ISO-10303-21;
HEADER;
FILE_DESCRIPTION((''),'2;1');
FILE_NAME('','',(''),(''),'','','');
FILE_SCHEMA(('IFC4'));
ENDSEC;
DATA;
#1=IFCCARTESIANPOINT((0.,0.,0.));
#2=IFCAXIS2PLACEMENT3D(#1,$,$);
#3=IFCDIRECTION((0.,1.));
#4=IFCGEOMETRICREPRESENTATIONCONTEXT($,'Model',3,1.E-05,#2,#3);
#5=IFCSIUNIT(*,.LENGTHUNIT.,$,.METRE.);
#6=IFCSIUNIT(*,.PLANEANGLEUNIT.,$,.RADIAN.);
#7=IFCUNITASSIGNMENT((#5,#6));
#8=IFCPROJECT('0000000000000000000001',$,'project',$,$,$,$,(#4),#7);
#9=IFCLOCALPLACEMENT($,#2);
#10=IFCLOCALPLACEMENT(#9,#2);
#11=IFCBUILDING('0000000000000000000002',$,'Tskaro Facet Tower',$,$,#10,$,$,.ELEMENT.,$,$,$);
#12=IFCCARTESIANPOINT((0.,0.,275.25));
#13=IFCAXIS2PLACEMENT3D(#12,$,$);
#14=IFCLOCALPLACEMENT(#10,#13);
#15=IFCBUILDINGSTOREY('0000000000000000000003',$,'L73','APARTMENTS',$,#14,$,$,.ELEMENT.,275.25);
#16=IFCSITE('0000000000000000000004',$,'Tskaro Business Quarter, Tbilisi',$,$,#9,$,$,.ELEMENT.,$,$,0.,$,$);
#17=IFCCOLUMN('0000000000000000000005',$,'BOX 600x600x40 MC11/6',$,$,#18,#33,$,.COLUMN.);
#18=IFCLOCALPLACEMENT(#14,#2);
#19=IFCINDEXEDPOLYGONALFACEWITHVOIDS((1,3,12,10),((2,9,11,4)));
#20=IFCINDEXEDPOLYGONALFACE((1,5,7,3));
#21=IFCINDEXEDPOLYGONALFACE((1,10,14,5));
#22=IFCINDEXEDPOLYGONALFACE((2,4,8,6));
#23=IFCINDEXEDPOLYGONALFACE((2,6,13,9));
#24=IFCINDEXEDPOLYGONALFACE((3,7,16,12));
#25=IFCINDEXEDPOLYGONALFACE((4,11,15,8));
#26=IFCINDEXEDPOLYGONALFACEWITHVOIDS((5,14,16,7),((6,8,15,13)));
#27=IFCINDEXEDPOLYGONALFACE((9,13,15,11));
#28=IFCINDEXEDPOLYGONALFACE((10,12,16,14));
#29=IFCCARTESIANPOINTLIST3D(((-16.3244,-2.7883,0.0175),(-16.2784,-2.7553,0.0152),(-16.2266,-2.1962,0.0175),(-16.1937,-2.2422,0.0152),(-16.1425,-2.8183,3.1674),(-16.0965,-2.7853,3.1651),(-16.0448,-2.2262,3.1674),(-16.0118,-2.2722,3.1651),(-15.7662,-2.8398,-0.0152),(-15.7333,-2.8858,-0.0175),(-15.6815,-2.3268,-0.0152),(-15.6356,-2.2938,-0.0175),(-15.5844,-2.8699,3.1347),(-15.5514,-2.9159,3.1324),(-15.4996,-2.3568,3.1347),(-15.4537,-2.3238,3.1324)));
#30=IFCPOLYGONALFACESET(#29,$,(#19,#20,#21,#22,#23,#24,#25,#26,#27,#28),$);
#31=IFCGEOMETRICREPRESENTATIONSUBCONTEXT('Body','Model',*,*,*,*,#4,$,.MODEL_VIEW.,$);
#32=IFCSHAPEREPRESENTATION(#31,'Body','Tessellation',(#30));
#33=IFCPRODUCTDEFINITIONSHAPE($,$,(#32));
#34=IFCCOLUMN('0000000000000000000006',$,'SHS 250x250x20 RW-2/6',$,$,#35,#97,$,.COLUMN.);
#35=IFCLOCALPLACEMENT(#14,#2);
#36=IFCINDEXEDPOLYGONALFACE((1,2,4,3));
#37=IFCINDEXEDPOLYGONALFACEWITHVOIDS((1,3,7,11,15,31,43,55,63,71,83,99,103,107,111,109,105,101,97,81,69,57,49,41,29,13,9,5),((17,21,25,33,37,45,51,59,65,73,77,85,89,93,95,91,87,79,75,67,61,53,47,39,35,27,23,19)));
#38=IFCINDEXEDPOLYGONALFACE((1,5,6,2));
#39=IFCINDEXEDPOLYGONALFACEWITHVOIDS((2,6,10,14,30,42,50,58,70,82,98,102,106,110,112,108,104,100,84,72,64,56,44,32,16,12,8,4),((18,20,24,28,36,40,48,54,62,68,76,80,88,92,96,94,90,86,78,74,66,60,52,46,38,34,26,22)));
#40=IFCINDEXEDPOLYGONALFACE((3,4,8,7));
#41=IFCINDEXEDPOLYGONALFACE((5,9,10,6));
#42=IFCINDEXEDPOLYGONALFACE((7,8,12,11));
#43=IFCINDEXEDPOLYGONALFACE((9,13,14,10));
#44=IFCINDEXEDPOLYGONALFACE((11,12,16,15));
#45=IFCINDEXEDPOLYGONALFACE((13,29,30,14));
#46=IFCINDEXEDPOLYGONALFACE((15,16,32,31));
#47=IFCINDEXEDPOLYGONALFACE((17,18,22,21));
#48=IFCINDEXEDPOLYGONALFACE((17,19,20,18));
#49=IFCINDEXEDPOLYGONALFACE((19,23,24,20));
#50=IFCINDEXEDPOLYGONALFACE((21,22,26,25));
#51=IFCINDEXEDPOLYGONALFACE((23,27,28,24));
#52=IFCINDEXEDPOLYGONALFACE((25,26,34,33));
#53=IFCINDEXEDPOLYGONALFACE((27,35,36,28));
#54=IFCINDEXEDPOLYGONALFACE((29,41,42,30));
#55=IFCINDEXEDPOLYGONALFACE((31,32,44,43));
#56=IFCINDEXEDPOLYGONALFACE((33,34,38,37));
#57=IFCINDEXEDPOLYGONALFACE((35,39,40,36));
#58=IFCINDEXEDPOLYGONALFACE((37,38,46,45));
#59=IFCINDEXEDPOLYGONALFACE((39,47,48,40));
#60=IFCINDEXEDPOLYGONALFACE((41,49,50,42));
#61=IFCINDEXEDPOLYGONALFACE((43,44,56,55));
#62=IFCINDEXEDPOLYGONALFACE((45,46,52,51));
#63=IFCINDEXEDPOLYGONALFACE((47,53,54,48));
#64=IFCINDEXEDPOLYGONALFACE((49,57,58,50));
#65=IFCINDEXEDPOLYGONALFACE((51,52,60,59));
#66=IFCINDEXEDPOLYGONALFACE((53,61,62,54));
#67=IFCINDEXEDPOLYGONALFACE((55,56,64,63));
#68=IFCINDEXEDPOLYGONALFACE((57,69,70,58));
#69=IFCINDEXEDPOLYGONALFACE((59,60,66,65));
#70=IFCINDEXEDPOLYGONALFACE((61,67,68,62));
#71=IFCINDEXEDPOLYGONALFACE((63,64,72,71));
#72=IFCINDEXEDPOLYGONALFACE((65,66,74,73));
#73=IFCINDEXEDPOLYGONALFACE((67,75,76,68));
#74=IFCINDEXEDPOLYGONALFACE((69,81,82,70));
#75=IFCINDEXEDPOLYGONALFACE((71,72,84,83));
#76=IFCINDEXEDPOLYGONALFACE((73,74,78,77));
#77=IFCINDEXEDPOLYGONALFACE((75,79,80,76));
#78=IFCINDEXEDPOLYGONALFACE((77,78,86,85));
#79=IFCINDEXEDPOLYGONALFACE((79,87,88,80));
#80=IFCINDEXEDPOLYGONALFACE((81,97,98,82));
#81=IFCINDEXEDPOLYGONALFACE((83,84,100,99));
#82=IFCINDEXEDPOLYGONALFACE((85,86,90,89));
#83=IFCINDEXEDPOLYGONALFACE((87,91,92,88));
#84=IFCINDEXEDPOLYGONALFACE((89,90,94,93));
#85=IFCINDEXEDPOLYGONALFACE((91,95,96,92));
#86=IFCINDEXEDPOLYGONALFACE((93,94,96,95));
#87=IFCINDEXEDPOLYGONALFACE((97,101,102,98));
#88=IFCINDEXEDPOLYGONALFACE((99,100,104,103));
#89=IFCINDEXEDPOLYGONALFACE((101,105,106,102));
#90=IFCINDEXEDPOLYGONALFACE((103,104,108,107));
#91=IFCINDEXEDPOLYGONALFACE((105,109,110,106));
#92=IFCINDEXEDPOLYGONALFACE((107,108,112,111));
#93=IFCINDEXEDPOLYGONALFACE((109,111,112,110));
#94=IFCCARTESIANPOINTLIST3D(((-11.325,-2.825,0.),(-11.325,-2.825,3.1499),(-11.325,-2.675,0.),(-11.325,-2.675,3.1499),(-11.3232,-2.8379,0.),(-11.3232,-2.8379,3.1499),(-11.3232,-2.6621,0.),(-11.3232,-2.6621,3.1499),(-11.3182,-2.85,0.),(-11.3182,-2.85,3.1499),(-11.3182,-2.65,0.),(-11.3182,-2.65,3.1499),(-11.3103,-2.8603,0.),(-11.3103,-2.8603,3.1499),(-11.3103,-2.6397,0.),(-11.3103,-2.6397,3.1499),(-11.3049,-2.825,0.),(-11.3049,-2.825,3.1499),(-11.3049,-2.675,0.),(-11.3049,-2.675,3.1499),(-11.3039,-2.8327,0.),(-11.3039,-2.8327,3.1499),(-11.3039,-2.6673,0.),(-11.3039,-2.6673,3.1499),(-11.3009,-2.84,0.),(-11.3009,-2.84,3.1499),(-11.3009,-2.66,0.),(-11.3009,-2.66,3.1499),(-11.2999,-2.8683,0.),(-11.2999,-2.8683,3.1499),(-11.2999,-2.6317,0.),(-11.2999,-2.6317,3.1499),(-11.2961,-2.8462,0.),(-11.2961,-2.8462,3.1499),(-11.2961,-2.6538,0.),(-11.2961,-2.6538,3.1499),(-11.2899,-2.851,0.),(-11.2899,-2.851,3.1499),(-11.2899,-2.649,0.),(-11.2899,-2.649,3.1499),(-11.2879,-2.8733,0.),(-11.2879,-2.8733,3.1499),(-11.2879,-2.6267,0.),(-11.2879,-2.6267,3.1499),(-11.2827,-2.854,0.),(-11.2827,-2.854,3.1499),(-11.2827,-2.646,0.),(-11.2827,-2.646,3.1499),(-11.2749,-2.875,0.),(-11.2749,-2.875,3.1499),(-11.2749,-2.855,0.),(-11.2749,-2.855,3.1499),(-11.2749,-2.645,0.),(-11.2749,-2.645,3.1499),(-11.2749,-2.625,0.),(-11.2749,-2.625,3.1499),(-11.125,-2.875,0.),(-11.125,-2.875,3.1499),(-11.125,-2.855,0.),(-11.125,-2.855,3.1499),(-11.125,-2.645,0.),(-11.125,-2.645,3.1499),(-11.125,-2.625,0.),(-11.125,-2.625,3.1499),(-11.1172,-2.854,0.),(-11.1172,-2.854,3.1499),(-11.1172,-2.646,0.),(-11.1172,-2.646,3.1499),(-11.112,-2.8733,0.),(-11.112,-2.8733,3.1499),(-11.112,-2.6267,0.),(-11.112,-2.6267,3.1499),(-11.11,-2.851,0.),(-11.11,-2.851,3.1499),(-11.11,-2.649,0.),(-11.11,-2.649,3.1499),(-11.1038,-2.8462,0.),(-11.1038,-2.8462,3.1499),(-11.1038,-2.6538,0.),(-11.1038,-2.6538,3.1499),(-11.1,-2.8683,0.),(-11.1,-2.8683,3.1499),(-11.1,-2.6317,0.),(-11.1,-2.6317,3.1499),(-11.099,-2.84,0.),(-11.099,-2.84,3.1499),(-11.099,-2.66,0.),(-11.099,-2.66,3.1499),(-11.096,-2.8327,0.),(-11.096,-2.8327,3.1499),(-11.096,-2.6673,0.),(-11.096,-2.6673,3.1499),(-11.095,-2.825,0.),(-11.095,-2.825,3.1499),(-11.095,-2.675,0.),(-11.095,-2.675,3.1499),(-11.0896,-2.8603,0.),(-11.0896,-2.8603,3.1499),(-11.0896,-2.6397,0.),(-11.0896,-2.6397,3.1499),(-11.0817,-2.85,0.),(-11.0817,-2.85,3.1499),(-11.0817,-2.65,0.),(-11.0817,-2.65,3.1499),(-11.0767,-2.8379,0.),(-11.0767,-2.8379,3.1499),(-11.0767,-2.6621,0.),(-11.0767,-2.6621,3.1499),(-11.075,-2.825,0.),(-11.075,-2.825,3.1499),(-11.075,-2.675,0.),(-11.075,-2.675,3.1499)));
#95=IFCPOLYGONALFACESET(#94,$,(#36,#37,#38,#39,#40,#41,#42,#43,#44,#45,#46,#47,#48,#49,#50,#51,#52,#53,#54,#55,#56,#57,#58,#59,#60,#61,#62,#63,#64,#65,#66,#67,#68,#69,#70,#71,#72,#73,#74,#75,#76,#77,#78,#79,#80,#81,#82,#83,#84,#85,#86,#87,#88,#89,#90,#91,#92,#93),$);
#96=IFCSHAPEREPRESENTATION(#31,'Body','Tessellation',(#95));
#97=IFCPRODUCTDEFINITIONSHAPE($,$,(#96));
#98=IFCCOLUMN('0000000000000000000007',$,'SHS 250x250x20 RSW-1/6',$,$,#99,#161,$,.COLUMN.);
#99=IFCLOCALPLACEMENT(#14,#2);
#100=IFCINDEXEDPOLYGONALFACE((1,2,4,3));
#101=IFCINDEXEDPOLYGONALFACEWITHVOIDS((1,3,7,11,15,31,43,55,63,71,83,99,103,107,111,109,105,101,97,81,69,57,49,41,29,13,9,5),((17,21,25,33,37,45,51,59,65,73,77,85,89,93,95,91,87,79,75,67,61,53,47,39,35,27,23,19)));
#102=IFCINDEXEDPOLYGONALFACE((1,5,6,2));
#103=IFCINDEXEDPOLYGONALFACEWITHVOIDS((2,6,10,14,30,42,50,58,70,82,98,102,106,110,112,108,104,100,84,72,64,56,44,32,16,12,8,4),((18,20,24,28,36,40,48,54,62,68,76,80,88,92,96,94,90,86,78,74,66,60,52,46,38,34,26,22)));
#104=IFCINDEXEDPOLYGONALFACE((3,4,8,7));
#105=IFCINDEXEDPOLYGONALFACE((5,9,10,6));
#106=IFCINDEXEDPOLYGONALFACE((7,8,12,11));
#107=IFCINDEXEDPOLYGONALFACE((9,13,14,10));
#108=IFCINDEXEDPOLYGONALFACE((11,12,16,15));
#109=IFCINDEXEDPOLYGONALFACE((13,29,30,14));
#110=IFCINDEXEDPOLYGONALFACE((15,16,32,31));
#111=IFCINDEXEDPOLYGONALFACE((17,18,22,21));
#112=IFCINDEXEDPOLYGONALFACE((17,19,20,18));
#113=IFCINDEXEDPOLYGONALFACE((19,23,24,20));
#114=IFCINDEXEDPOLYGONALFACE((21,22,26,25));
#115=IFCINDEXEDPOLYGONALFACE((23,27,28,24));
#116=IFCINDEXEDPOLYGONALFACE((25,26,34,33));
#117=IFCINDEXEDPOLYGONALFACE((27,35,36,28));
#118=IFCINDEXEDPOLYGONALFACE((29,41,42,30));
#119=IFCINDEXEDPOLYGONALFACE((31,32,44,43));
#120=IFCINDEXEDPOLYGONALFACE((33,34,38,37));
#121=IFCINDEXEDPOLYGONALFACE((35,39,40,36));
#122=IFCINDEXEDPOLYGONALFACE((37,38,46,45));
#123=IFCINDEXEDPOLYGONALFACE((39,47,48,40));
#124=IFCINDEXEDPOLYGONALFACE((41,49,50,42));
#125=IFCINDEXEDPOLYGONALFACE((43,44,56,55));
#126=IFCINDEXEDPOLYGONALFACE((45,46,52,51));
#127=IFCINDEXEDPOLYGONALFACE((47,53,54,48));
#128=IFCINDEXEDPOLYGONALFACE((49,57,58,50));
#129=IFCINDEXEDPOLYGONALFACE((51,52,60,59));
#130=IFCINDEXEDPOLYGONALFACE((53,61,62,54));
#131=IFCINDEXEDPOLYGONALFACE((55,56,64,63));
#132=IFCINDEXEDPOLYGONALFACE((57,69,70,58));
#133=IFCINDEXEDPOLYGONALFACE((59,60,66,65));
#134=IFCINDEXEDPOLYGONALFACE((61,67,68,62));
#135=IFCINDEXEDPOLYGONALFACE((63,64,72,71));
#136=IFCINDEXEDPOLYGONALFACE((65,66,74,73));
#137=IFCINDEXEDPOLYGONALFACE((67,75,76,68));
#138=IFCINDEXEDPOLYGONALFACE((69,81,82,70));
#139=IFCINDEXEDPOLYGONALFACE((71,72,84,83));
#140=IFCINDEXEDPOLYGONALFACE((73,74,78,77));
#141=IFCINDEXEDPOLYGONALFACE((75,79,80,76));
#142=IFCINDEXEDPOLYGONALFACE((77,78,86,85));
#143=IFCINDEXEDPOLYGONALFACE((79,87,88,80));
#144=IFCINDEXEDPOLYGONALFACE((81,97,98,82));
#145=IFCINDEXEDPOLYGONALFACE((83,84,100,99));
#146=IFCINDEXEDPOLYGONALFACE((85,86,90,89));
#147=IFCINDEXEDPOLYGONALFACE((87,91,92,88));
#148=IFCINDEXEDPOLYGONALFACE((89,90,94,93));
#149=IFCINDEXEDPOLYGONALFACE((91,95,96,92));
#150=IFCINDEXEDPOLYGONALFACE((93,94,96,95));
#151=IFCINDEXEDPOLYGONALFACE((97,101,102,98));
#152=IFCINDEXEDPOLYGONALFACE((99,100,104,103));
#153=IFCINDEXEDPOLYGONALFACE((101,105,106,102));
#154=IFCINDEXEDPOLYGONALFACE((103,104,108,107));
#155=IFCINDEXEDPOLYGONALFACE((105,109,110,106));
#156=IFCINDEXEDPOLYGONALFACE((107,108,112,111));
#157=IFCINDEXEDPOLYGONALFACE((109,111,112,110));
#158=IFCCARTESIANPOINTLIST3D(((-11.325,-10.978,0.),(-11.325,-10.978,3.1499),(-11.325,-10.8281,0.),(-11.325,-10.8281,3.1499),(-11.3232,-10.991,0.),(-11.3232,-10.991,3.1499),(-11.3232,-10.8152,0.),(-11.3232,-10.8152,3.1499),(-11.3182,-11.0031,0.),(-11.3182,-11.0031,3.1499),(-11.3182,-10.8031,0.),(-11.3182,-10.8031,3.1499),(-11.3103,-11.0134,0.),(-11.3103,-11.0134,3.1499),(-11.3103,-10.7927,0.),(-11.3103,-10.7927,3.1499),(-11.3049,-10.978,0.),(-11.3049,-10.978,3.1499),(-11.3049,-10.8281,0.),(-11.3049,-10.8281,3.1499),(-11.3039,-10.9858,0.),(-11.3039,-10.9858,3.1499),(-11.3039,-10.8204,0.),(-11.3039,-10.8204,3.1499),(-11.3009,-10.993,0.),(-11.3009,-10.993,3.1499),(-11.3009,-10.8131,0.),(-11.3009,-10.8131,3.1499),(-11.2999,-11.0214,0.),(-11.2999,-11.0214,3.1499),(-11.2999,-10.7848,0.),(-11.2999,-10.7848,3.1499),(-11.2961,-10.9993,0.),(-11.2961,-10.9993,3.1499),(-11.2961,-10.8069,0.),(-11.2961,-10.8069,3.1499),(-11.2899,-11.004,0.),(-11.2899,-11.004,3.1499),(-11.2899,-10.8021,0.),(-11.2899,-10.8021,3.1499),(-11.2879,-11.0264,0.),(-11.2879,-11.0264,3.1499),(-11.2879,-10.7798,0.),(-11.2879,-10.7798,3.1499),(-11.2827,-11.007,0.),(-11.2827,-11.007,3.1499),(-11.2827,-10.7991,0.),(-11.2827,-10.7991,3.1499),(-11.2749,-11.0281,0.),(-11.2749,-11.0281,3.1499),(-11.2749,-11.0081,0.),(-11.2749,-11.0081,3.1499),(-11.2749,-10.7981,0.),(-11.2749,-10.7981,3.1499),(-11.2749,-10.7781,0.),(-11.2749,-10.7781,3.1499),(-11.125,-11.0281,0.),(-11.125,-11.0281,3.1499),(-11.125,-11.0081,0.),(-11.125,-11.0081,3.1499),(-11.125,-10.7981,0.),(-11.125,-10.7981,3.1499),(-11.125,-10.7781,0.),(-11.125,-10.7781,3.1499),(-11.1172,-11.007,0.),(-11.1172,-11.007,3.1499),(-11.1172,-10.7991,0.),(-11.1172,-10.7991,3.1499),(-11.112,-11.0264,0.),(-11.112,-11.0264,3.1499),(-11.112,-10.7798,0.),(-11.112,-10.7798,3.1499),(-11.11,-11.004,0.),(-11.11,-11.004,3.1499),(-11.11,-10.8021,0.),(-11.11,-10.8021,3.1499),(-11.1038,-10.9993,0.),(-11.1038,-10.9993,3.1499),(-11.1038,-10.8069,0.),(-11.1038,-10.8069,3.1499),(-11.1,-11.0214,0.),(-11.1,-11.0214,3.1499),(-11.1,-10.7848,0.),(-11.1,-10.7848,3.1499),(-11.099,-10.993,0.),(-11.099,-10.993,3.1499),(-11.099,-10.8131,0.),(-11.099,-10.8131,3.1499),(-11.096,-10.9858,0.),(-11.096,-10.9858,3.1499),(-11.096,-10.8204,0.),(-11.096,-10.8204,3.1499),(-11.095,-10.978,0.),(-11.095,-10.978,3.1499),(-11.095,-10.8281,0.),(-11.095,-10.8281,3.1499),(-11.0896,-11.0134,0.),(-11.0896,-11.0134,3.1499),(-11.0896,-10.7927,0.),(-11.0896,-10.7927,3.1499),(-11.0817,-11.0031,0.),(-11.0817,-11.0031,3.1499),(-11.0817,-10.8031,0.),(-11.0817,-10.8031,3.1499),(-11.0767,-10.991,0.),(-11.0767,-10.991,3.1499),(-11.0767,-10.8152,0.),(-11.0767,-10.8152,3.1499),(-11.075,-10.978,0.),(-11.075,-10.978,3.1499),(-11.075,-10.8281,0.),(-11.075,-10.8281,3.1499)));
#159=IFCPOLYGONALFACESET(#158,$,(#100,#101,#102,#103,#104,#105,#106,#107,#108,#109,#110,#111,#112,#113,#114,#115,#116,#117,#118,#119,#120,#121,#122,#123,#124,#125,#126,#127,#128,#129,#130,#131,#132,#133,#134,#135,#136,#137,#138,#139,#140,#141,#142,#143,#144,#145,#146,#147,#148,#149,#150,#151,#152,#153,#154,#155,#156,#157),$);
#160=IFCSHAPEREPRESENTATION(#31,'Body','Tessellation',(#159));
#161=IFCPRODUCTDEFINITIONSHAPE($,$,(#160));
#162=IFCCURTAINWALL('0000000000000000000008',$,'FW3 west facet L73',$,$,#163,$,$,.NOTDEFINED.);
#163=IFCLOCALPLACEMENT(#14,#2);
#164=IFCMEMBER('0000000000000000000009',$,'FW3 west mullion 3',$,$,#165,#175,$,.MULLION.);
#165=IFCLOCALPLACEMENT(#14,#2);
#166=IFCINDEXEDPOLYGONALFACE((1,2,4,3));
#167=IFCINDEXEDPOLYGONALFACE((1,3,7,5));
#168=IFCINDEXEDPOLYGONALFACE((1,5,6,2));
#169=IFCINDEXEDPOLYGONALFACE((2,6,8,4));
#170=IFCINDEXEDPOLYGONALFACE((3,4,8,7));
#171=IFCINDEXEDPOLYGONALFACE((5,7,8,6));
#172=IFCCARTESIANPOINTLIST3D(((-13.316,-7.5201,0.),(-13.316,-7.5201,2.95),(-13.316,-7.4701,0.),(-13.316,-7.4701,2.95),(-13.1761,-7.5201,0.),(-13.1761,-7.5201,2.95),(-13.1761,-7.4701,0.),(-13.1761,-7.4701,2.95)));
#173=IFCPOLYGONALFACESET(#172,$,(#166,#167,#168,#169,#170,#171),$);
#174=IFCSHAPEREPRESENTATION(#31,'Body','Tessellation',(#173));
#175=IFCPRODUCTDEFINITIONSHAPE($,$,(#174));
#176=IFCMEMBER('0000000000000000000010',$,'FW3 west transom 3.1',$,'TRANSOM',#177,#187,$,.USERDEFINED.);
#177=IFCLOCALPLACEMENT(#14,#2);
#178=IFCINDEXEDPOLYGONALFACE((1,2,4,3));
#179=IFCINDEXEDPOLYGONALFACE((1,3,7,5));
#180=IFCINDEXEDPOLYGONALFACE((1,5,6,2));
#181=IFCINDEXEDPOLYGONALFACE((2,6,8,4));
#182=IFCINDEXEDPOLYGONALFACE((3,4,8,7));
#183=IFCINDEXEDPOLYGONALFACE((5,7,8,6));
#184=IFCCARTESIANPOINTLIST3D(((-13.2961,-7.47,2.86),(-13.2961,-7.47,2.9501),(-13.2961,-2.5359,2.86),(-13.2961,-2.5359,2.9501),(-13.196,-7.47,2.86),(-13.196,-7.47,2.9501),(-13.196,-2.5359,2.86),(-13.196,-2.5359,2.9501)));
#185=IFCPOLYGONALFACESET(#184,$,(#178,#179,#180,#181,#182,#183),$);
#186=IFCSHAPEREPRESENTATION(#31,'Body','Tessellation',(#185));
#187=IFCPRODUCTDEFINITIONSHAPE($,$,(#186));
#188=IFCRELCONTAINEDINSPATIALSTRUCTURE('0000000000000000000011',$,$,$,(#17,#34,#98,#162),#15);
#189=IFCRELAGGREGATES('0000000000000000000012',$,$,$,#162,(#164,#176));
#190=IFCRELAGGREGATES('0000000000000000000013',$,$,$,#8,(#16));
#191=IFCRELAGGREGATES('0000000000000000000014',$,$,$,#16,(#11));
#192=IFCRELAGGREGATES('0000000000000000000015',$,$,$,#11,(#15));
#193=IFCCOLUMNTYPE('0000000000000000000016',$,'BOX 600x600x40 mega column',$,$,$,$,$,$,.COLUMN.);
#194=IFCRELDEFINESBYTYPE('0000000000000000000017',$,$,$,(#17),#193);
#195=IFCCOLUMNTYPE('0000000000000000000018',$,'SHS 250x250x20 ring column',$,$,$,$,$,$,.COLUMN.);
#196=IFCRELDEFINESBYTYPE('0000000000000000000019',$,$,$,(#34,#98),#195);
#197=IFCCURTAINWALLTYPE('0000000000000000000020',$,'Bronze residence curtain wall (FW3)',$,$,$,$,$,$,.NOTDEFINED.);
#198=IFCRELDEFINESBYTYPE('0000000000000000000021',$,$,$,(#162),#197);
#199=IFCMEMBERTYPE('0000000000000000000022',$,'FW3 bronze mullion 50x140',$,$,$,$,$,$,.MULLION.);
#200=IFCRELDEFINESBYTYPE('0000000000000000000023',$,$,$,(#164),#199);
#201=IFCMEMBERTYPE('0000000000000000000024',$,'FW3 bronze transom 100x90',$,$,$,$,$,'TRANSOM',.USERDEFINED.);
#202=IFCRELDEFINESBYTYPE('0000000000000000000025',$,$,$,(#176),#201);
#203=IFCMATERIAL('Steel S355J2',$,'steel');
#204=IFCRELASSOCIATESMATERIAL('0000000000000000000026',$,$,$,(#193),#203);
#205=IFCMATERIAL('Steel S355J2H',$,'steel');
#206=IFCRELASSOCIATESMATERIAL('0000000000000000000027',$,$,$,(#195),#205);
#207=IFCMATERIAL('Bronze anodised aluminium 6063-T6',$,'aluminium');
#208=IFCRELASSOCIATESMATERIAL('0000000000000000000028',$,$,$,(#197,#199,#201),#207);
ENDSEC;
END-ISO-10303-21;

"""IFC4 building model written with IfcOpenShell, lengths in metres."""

from ifc_helpers import new_model, si_unit, direction, frame, origin, origin_2d, place, context, subcontext, project, spatial, rectangle, hollow_rectangle, extrude, material, material_profile, profile_set, type_object, element, aggregate, save


model = new_model("IFC4")

# Units and contexts
model_context = context("Model", 3, precision=1e-05, world=origin(), true_north=direction((0.0, 1.0)))
body_context = subcontext(model_context, "Body", "Model", "MODEL_VIEW")
ifc_project = project(units=[si_unit("LENGTHUNIT", "METRE"), si_unit("PLANEANGLEUNIT", "RADIAN")], contexts=[model_context])

# Site, building, storey
site_placement = place(None, origin())
site = spatial("IfcSite", under=ifc_project, at=site_placement, Name="Tskaro Business Quarter, Tbilisi", CompositionType="ELEMENT", RefElevation=0.0)
building_placement = place(site_placement, origin())
building = spatial("IfcBuilding", under=site, at=building_placement, Name="Tskaro Facet Tower", CompositionType="ELEMENT")
storey_placement = place(building_placement, frame((0.0, 0.0, 275.25)))
storey = spatial("IfcBuildingStorey", under=building, at=storey_placement, Name="L73", Description="APARTMENTS", CompositionType="ELEMENT", Elevation=275.25)

# Columns
ifc_material_1 = material(Name="Steel S355J2", Category="steel")
ifc_material_profile_1 = material_profile(ifc_material_1, hollow_rectangle(XDim=0.6001, YDim=0.6001, WallThickness=0.04, at=origin_2d()), Name="BOX 600x600x40")
ifc_profile_set_1 = profile_set([ifc_material_profile_1], Name="Steel S355J2")
column_type_1 = type_object("IfcColumnType", Name="BOX 600x600x40 mega column", PredefinedType="COLUMN", material=ifc_profile_set_1)
column_placement = place(storey_placement, frame((-15.98, -2.541, 0.0), z_axis=(0.057644, -0.009517, 0.998292), x_axis=(0.162895, 0.986643, 0.0)))
element("IfcColumn", 1, at=column_placement, inside=storey, type_object=column_type_1, Name="BOX 600x600x40 MC11/6", PredefinedType="COLUMN", context=body_context, shape_type="SweptSolid", body=[
    extrude(hollow_rectangle(XDim=0.6001, YDim=0.6001, WallThickness=0.04, at=origin_2d()), origin(), (0.0, 0.0, 1.0), 3.1553),
])
ifc_material_2 = material(Name="Steel S355J2H", Category="steel")
ifc_material_profile_2 = material_profile(ifc_material_2, hollow_rectangle(XDim=0.25, YDim=0.25, WallThickness=0.02, InnerFilletRadius=0.03, OuterFilletRadius=0.05, at=origin_2d()), Name="SHS 250x250x20")
ifc_profile_set_2 = profile_set([ifc_material_profile_2], Name="Steel S355J2H")
column_type_2 = type_object("IfcColumnType", Name="SHS 250x250x20 ring column", PredefinedType="COLUMN", material=ifc_profile_set_2)
for number, where, z_axis, x_axis, name in (
    (2, (-11.2, -2.75, 0.0), (0.0, 0.0, 1.0), (1.0, 0.0, 0.0), "SHS 250x250x20 RW-2/6"),
    (3, (-11.2, -10.9031, 0.0), (0.0, 0.0, 1.0), (1.0, 0.0, 0.0), "SHS 250x250x20 RSW-1/6"),
):
    element("IfcColumn", number, at=place(storey_placement, frame(where, z_axis=z_axis, x_axis=x_axis)), inside=storey, type_object=column_type_2, Name=name, PredefinedType="COLUMN", context=body_context, shape_type="SweptSolid", body=[
        extrude(hollow_rectangle(XDim=0.25, YDim=0.25, WallThickness=0.02, InnerFilletRadius=0.03, OuterFilletRadius=0.05, at=origin_2d()), origin(), (0.0, 0.0, 1.0), 3.1499),
    ])

# Curtain wall, members
ifc_material_3 = material(Name="Bronze anodised aluminium 6063-T6", Category="aluminium")
curtain_wall_type = type_object("IfcCurtainWallType", Name="Bronze residence curtain wall (FW3)", PredefinedType="NOTDEFINED", material=ifc_material_3)
curtain_wall_placement = place(storey_placement, origin())
curtain_wall = element("IfcCurtainWall", 4, at=curtain_wall_placement, inside=storey, type_object=curtain_wall_type, Name="FW3 west facet L73", PredefinedType="NOTDEFINED")
ifc_material_profile_3 = material_profile(ifc_material_3, rectangle(XDim=0.05, YDim=0.1399, at=origin_2d()), Name="Mullion 50x140")
ifc_profile_set_3 = profile_set([ifc_material_profile_3], Name="Bronze anodised aluminium 6063-T6")
member_type_1 = type_object("IfcMemberType", Name="FW3 bronze mullion 50x140", PredefinedType="MULLION", material=ifc_profile_set_3)
member_1_placement = place(storey_placement, frame((-13.2461, -7.4951, 0.0), z_axis=(0.0, 0.0, 1.0), x_axis=(0.0, -1.0, 0.0)))
member_1 = element("IfcMember", 5, at=member_1_placement, type_object=member_type_1, Name="FW3 west mullion 3", PredefinedType="MULLION", context=body_context, shape_type="SweptSolid", body=[
    extrude(rectangle(XDim=0.05, YDim=0.1399, at=origin_2d()), origin(), (0.0, 0.0, 1.0), 2.95),
])
ifc_material_profile_4 = material_profile(ifc_material_3, rectangle(XDim=0.1001, YDim=0.0901, at=origin_2d()), Name="Transom 100x90")
ifc_profile_set_4 = profile_set([ifc_material_profile_4], Name="Bronze anodised aluminium 6063-T6")
member_type_2 = type_object("IfcMemberType", Name="FW3 bronze transom 100x90", ElementType="TRANSOM", PredefinedType="USERDEFINED", material=ifc_profile_set_4)
member_2_placement = place(storey_placement, frame((-13.2461, -2.5359, 2.905), z_axis=(0.0, -1.0, 0.0), x_axis=(1.0, 0.0, 0.0)))
member_2 = element("IfcMember", 6, at=member_2_placement, type_object=member_type_2, Name="FW3 west transom 3.1", ObjectType="TRANSOM", PredefinedType="USERDEFINED", context=body_context, shape_type="SweptSolid", body=[
    extrude(rectangle(XDim=0.1001, YDim=0.0901, at=origin_2d()), origin(), (0.0, 0.0, 1.0), 4.9341),
])

aggregate(curtain_wall, [member_1, member_2])

save(model, "model.ifc")
